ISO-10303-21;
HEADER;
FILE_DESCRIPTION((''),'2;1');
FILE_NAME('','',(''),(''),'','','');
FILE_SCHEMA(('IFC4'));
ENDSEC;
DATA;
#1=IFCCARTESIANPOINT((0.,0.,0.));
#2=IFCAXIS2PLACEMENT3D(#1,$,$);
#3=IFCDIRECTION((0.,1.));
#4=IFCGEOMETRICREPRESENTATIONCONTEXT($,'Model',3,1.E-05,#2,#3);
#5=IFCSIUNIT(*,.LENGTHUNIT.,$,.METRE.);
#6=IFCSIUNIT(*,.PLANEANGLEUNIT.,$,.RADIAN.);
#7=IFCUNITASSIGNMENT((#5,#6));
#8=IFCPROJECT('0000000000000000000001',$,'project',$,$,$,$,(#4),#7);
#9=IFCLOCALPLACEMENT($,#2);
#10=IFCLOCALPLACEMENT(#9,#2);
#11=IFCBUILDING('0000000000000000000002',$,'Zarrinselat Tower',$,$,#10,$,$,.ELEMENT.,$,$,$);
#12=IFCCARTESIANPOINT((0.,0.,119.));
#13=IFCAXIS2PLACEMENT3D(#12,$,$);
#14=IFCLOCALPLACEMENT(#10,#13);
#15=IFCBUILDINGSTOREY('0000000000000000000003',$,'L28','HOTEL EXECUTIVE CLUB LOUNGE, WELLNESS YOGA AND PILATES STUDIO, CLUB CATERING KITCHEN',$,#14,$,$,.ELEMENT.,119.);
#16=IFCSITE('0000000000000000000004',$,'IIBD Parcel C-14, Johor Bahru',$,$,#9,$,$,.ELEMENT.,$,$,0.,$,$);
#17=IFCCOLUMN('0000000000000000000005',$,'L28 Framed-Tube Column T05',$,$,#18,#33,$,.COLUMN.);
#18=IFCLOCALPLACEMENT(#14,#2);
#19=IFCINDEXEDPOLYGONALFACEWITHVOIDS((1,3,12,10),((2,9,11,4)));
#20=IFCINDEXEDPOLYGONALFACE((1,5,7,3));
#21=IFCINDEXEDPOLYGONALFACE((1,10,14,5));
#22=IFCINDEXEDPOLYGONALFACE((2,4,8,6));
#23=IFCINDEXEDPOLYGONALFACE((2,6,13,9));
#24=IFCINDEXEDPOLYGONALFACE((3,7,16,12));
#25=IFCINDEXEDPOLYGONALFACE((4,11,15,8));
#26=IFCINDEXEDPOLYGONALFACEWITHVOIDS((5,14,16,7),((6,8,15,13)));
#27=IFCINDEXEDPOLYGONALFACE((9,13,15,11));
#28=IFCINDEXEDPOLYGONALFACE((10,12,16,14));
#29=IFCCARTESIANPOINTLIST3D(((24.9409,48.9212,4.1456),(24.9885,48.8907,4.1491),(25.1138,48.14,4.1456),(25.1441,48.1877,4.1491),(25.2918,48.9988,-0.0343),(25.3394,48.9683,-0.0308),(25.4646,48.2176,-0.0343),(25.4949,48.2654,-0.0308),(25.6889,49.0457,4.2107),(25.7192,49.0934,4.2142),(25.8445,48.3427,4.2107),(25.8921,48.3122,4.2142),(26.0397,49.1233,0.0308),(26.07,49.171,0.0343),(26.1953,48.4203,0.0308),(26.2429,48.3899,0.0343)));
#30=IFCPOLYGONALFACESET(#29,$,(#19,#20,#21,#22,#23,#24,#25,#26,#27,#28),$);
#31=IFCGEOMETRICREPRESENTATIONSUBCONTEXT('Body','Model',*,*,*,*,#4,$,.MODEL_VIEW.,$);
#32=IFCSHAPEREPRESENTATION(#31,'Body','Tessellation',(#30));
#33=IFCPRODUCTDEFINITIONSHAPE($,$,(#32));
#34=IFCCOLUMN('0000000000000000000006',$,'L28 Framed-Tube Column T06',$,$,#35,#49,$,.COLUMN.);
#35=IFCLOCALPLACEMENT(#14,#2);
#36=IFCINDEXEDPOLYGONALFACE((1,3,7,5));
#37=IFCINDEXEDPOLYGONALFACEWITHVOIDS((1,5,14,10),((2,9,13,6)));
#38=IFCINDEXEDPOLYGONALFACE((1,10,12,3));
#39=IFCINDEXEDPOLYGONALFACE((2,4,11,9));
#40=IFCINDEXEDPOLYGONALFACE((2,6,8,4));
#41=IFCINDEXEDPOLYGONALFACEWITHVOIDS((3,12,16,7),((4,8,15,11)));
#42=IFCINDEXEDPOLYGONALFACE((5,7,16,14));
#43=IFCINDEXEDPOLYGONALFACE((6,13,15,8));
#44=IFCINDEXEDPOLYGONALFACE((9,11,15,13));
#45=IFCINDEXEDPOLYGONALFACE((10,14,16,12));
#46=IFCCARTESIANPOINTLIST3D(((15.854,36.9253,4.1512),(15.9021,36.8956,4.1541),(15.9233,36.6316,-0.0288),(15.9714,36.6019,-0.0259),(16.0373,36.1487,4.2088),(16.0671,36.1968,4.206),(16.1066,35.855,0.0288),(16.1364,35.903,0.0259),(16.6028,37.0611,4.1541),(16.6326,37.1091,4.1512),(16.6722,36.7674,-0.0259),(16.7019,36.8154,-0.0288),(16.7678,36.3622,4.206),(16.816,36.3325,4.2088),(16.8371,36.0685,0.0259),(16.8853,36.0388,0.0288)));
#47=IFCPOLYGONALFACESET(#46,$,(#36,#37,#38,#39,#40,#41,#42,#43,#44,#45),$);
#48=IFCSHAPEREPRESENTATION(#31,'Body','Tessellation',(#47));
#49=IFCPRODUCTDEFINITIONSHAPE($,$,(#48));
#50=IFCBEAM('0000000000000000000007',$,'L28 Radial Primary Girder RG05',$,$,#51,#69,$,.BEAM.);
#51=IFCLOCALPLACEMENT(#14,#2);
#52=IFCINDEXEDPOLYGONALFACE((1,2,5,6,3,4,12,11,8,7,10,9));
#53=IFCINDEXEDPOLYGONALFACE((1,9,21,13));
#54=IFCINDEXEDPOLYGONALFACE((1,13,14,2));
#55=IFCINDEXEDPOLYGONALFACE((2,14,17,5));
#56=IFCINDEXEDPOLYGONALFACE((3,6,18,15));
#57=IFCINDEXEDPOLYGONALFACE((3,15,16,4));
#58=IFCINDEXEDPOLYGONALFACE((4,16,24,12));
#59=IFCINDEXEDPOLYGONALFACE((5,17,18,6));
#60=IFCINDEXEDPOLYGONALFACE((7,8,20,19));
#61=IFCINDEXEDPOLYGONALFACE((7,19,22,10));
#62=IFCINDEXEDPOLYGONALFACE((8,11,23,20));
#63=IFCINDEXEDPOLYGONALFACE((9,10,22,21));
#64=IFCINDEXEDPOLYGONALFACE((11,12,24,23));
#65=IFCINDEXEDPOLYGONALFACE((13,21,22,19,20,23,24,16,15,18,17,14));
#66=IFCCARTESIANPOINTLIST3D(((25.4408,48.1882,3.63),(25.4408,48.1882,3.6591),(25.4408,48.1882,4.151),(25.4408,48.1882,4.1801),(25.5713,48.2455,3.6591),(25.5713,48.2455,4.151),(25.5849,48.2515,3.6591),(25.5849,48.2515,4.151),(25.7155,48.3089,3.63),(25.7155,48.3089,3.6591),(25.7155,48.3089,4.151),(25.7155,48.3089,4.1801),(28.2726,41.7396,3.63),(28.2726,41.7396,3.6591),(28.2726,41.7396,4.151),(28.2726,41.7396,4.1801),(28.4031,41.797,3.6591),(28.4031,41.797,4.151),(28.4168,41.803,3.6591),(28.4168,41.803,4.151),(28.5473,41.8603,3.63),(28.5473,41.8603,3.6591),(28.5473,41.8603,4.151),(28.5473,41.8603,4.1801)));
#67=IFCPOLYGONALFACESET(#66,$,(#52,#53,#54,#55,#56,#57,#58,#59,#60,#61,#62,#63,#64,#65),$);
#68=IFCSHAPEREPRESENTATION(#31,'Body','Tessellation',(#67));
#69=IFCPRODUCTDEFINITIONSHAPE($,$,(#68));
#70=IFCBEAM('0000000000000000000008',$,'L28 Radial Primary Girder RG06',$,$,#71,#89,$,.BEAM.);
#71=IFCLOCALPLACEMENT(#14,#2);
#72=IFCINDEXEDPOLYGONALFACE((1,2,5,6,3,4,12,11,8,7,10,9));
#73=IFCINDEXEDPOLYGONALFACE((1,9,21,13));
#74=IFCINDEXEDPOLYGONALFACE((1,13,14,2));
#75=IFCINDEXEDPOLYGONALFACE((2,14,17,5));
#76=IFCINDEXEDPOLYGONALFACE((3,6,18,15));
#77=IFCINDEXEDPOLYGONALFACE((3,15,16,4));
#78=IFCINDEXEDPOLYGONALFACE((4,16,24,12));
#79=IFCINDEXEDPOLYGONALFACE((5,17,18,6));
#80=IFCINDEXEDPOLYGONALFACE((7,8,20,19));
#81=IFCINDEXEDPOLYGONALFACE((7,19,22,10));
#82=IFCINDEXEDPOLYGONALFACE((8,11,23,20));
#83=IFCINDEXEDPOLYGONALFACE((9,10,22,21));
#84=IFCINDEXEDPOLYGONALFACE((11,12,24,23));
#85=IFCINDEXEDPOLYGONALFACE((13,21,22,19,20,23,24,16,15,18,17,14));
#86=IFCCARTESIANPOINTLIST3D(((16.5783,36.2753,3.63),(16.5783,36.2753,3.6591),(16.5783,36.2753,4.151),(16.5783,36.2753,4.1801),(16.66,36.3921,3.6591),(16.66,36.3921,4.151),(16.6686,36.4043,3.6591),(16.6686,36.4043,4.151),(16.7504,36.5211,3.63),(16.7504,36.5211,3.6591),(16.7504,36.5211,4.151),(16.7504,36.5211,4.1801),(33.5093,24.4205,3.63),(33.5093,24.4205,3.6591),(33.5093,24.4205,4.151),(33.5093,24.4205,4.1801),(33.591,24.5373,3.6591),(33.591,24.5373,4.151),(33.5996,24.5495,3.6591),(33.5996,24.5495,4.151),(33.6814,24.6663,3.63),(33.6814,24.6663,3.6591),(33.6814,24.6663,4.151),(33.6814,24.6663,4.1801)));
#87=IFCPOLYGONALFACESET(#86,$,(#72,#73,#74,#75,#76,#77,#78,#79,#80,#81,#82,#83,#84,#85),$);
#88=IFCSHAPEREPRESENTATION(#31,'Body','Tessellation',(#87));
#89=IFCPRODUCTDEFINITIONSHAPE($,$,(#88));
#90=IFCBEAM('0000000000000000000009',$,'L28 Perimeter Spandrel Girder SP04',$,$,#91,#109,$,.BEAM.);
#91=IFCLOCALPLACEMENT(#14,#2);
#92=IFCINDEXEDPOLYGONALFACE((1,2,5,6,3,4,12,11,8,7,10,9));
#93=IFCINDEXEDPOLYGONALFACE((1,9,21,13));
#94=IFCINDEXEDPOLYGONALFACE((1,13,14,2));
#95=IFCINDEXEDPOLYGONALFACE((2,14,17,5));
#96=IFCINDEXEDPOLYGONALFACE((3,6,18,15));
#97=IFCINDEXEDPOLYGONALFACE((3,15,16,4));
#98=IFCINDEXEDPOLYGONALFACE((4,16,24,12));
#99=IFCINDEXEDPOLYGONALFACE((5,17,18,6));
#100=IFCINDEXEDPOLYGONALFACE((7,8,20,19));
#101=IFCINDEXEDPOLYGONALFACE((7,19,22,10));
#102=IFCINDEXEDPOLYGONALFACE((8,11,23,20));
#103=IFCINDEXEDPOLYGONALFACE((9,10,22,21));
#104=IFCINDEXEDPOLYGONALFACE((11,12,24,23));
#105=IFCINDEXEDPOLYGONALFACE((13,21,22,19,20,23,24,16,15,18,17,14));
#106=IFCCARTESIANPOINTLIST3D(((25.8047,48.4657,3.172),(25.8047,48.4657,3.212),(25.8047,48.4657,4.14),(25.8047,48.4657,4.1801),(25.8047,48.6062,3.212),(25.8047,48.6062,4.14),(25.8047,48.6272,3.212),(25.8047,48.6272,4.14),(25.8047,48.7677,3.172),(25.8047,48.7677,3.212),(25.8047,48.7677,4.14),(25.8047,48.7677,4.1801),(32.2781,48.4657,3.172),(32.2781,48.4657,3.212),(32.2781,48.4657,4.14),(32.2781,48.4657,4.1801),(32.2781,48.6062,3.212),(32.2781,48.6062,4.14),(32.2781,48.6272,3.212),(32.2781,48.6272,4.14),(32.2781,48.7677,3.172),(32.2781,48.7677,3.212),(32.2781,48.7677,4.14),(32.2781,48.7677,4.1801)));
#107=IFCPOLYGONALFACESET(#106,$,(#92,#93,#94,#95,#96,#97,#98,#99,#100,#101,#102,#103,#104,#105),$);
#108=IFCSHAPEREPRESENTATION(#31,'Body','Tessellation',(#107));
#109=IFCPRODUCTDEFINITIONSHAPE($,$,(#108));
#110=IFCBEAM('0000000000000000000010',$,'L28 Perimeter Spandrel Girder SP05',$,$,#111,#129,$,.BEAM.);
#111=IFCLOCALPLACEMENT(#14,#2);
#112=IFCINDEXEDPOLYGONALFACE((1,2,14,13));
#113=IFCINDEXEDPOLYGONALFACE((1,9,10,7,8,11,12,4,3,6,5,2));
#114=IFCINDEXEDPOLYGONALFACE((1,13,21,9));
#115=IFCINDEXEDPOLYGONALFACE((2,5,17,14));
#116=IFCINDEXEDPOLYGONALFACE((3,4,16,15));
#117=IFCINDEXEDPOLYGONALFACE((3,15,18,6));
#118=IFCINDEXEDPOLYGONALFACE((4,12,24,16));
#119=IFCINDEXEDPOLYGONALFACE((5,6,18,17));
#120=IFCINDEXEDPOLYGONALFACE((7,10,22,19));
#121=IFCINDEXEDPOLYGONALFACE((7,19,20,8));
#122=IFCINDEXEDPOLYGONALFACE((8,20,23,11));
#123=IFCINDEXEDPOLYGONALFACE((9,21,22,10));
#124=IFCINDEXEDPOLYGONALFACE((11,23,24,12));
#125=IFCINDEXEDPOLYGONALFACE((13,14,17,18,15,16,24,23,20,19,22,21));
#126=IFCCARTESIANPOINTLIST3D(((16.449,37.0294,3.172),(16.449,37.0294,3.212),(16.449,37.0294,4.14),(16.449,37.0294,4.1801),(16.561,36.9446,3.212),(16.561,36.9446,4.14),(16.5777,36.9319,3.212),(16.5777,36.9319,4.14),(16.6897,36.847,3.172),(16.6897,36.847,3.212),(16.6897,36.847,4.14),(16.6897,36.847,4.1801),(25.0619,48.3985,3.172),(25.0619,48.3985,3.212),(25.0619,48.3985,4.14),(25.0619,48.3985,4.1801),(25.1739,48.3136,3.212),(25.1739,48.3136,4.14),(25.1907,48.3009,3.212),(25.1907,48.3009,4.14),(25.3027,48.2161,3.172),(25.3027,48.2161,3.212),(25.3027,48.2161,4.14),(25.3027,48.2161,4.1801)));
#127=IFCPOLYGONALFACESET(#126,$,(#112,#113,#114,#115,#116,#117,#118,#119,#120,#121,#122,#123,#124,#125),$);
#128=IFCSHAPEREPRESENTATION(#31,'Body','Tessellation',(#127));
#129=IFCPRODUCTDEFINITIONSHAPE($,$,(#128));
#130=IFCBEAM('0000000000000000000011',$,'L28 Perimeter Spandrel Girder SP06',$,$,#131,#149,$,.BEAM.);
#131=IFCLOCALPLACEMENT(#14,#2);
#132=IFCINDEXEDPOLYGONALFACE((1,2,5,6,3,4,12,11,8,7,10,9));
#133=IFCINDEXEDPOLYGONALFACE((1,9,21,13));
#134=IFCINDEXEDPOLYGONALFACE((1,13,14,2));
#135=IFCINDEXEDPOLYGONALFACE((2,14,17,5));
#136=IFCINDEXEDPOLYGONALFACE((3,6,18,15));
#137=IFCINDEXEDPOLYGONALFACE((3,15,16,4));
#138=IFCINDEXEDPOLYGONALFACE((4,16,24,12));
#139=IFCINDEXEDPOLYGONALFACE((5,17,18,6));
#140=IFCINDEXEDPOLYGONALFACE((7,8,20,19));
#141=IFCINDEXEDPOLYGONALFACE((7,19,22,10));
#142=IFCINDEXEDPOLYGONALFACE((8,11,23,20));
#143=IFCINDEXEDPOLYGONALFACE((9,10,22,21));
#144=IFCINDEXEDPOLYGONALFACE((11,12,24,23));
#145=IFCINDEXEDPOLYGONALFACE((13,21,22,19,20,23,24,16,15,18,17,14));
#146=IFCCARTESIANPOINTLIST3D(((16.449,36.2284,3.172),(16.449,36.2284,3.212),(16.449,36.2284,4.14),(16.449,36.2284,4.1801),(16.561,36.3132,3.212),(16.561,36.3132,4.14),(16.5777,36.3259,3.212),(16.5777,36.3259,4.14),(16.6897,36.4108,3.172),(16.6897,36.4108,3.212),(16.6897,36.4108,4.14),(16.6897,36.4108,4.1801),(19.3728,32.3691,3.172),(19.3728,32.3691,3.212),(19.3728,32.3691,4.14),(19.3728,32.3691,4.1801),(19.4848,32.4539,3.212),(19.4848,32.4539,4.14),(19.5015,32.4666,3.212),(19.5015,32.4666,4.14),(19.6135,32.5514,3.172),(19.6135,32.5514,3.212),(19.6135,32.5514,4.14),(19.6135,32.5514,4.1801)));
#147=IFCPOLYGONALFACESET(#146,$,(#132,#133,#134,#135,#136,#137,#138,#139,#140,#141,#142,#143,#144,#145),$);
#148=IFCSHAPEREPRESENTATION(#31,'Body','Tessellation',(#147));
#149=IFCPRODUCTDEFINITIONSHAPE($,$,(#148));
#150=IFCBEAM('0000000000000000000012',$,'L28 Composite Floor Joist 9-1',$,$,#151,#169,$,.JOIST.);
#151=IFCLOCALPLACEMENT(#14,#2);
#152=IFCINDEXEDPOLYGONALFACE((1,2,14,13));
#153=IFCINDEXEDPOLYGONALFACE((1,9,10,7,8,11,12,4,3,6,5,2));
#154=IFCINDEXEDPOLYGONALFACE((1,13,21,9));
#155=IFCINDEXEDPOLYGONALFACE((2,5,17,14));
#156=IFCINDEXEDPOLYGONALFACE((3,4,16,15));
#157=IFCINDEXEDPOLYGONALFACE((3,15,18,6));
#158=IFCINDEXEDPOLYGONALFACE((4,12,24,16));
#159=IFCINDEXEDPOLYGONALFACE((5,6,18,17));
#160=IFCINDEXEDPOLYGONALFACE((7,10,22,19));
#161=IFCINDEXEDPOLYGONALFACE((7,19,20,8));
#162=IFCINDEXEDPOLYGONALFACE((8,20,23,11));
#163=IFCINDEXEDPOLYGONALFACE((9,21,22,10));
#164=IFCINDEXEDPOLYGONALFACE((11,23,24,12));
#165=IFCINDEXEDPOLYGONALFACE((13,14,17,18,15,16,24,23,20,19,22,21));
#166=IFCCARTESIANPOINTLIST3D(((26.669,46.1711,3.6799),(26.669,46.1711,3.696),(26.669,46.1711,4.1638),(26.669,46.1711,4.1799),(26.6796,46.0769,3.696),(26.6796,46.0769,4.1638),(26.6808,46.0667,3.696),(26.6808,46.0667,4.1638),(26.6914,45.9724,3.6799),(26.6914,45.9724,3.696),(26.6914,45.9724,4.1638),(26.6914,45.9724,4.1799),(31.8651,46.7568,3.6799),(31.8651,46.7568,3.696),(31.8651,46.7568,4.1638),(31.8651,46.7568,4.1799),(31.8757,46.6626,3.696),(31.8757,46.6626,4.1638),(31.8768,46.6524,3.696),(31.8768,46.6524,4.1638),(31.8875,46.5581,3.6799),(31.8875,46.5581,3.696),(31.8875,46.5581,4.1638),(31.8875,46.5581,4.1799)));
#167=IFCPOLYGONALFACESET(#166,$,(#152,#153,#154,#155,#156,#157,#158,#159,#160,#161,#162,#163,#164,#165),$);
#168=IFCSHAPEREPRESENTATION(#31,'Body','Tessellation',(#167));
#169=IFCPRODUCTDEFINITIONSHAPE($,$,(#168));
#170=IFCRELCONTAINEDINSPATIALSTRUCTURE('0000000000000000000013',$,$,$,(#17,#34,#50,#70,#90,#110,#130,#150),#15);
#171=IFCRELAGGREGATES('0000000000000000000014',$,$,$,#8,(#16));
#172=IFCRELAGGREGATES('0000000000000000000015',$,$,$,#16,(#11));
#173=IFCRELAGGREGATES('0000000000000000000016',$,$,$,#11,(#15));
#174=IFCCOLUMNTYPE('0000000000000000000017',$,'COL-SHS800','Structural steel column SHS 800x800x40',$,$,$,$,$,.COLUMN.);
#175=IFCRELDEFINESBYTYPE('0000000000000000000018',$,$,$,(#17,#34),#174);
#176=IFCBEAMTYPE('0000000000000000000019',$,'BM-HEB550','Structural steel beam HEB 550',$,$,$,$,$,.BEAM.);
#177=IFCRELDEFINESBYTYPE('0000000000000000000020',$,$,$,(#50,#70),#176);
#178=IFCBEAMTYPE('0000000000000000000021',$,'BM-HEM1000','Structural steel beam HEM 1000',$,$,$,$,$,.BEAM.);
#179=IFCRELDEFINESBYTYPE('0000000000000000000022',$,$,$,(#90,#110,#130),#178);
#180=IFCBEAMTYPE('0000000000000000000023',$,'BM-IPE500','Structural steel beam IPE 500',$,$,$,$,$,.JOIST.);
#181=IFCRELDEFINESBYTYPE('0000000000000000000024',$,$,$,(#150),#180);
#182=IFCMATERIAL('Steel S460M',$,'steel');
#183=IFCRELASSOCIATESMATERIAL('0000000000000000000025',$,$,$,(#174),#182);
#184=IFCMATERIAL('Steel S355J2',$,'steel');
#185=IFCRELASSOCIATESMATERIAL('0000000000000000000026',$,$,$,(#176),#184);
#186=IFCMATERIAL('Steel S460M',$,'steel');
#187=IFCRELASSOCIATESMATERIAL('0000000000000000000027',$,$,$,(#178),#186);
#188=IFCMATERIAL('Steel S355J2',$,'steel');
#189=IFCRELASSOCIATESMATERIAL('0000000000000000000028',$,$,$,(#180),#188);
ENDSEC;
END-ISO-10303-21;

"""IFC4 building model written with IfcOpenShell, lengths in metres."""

from ifc_helpers import new_model, si_unit, direction, frame, origin, origin_2d, place, context, subcontext, project, spatial, hollow_rectangle, i_section, extrude, material, material_profile, profile_set, type_object, element, save


model = new_model("IFC4")

# Units and contexts
model_context = context("Model", 3, precision=1e-05, world=origin(), true_north=direction((0.0, 1.0)))
body_context = subcontext(model_context, "Body", "Model", "MODEL_VIEW")
ifc_project = project(units=[si_unit("LENGTHUNIT", "METRE"), si_unit("PLANEANGLEUNIT", "RADIAN")], contexts=[model_context])

# Site, building, storey
site_placement = place(None, origin())
site = spatial("IfcSite", under=ifc_project, at=site_placement, Name="IIBD Parcel C-14, Johor Bahru", CompositionType="ELEMENT", RefElevation=0.0)
building_placement = place(site_placement, origin())
building = spatial("IfcBuilding", under=site, at=building_placement, Name="Zarrinselat Tower", CompositionType="ELEMENT")
storey_placement = place(building_placement, frame((0.0, 0.0, 119.0)))
storey = spatial("IfcBuildingStorey", under=building, at=storey_placement, Name="L28", Description="HOTEL EXECUTIVE CLUB LOUNGE, WELLNESS YOGA AND PILATES STUDIO, CLUB CATERING KITCHEN", CompositionType="ELEMENT", Elevation=119.0)

# Columns
ifc_material_1 = material(Name="Steel S460M", Category="steel")
ifc_material_profile_1 = material_profile(ifc_material_1, hollow_rectangle(XDim=0.8, YDim=0.8, WallThickness=0.04, at=origin_2d()), Name="SHS 800x800x40")
ifc_profile_set_1 = profile_set([ifc_material_profile_1], Name="Steel S460M")
column_type = type_object("IfcColumnType", Name="COL-SHS800", Description="Structural steel column SHS 800x800x40", PredefinedType="COLUMN", material=ifc_profile_set_1)
column_1_placement = place(storey_placement, frame((25.7673, 48.6943, 0.0), z_axis=(-0.083624, -0.018505, 0.996326), x_axis=(0.216067, -0.976379, 0.0)))
element("IfcColumn", 1, at=column_1_placement, inside=storey, type_object=column_type, Name="L28 Framed-Tube Column T05", PredefinedType="COLUMN", context=body_context, shape_type="SweptSolid", body=[
    extrude(hollow_rectangle(XDim=0.8, YDim=0.8, WallThickness=0.04, at=origin_2d()), origin(), (0.0, 0.0, 1.0), 4.1953),
])
column_2_placement = place(storey_placement, frame((16.4043, 36.3352, 0.0), z_axis=(-0.016545, 0.070082, 0.997404), x_axis=(-0.973247, -0.229761, 0.0)))
element("IfcColumn", 2, at=column_2_placement, inside=storey, type_object=column_type, Name="L28 Framed-Tube Column T06", PredefinedType="COLUMN", context=body_context, shape_type="SweptSolid", body=[
    extrude(hollow_rectangle(XDim=0.8, YDim=0.8, WallThickness=0.04, at=origin_2d()), origin(), (0.0, 0.0, 1.0), 4.1909),
])

# Beams
ifc_material_2 = material(Name="Steel S355J2", Category="steel")
ifc_material_profile_2 = material_profile(ifc_material_2, i_section(OverallWidth=0.3, OverallDepth=0.55, WebThickness=0.0149, FlangeThickness=0.0291, at=origin_2d()), Name="HEB 550")
ifc_profile_set_2 = profile_set([ifc_material_profile_2], Name="Steel S355J2")
beam_type_1 = type_object("IfcBeamType", Name="BM-HEB550", Description="Structural steel beam HEB 550", PredefinedType="BEAM", material=ifc_profile_set_2)
beam_1_placement = place(storey_placement, frame((25.5781, 48.2485, 3.905), z_axis=(0.402079, -0.915605, 0.0), x_axis=(0.915605, 0.402079, 0.0)))
element("IfcBeam", 3, at=beam_1_placement, inside=storey, type_object=beam_type_1, Name="L28 Radial Primary Girder RG05", PredefinedType="BEAM", context=body_context, shape_type="SweptSolid", body=[
    extrude(i_section(OverallWidth=0.3, OverallDepth=0.55, WebThickness=0.0149, FlangeThickness=0.0291, at=origin_2d()), origin(), (0.0, 0.0, 1.0), 7.043),
])
beam_2_placement = place(storey_placement, frame((16.6643, 36.3982, 3.905), z_axis=(0.819161, -0.573563, 0.0), x_axis=(0.573563, 0.819161, 0.0)))
element("IfcBeam", 4, at=beam_2_placement, inside=storey, type_object=beam_type_1, Name="L28 Radial Primary Girder RG06", PredefinedType="BEAM", context=body_context, shape_type="SweptSolid", body=[
    extrude(i_section(OverallWidth=0.3, OverallDepth=0.55, WebThickness=0.0149, FlangeThickness=0.0291, at=origin_2d()), origin(), (0.0, 0.0, 1.0), 20.6687),
])
ifc_material_3 = material(Name="Steel S460M", Category="steel")
ifc_material_profile_3 = material_profile(ifc_material_3, i_section(OverallWidth=0.302, OverallDepth=1.0081, WebThickness=0.021, FlangeThickness=0.04, at=origin_2d()), Name="HEM 1000")
ifc_profile_set_3 = profile_set([ifc_material_profile_3], Name="Steel S460M")
beam_type_2 = type_object("IfcBeamType", Name="BM-HEM1000", Description="Structural steel beam HEM 1000", PredefinedType="BEAM", material=ifc_profile_set_3)
beam_3_placement = place(storey_placement, frame((25.8047, 48.6167, 3.676), z_axis=(1.0, 0.0, 0.0), x_axis=(0.0, 1.0, 0.0)))
element("IfcBeam", 5, at=beam_3_placement, inside=storey, type_object=beam_type_2, Name="L28 Perimeter Spandrel Girder SP04", PredefinedType="BEAM", context=body_context, shape_type="SweptSolid", body=[
    extrude(i_section(OverallWidth=0.302, OverallDepth=1.0081, WebThickness=0.021, FlangeThickness=0.04, at=origin_2d()), origin(), (0.0, 0.0, 1.0), 6.4734),
])
beam_4_placement = place(storey_placement, frame((16.5693, 36.9382, 3.676), z_axis=(0.60386, 0.79709, 0.0), x_axis=(-0.79709, 0.60386, 0.0)))
element("IfcBeam", 6, at=beam_4_placement, inside=storey, type_object=beam_type_2, Name="L28 Perimeter Spandrel Girder SP05", PredefinedType="BEAM", context=body_context, shape_type="SweptSolid", body=[
    extrude(i_section(OverallWidth=0.302, OverallDepth=1.0081, WebThickness=0.021, FlangeThickness=0.04, at=origin_2d()), origin(), (0.0, 0.0, 1.0), 14.2632),
])
beam_5_placement = place(storey_placement, frame((16.5693, 36.3196, 3.676), z_axis=(0.603865, -0.797086, 0.0), x_axis=(0.797086, 0.603865, 0.0)))
element("IfcBeam", 7, at=beam_5_placement, inside=storey, type_object=beam_type_2, Name="L28 Perimeter Spandrel Girder SP06", PredefinedType="BEAM", context=body_context, shape_type="SweptSolid", body=[
    extrude(i_section(OverallWidth=0.302, OverallDepth=1.0081, WebThickness=0.021, FlangeThickness=0.04, at=origin_2d()), origin(), (0.0, 0.0, 1.0), 4.8418),
])
ifc_material_4 = material(Name="Steel S355J2", Category="steel")
ifc_material_profile_4 = material_profile(ifc_material_4, i_section(OverallWidth=0.2, OverallDepth=0.5, WebThickness=0.0103, FlangeThickness=0.0161, at=origin_2d()), Name="IPE 500")
ifc_profile_set_4 = profile_set([ifc_material_profile_4], Name="Steel S355J2")
beam_type_3 = type_object("IfcBeamType", Name="BM-IPE500", Description="Structural steel beam IPE 500", PredefinedType="JOIST", material=ifc_profile_set_4)
beam_6_placement = place(storey_placement, frame((26.6802, 46.0718, 3.9299), z_axis=(0.993707, 0.11201, 0.0), x_axis=(-0.11201, 0.993707, 0.0)))
element("IfcBeam", 8, at=beam_6_placement, inside=storey, type_object=beam_type_3, Name="L28 Composite Floor Joist 9-1", PredefinedType="JOIST", context=body_context, shape_type="SweptSolid", body=[
    extrude(i_section(OverallWidth=0.2, OverallDepth=0.5, WebThickness=0.0103, FlangeThickness=0.0161, at=origin_2d()), origin(), (0.0, 0.0, 1.0), 5.229),
])

save(model, "model.ifc")
